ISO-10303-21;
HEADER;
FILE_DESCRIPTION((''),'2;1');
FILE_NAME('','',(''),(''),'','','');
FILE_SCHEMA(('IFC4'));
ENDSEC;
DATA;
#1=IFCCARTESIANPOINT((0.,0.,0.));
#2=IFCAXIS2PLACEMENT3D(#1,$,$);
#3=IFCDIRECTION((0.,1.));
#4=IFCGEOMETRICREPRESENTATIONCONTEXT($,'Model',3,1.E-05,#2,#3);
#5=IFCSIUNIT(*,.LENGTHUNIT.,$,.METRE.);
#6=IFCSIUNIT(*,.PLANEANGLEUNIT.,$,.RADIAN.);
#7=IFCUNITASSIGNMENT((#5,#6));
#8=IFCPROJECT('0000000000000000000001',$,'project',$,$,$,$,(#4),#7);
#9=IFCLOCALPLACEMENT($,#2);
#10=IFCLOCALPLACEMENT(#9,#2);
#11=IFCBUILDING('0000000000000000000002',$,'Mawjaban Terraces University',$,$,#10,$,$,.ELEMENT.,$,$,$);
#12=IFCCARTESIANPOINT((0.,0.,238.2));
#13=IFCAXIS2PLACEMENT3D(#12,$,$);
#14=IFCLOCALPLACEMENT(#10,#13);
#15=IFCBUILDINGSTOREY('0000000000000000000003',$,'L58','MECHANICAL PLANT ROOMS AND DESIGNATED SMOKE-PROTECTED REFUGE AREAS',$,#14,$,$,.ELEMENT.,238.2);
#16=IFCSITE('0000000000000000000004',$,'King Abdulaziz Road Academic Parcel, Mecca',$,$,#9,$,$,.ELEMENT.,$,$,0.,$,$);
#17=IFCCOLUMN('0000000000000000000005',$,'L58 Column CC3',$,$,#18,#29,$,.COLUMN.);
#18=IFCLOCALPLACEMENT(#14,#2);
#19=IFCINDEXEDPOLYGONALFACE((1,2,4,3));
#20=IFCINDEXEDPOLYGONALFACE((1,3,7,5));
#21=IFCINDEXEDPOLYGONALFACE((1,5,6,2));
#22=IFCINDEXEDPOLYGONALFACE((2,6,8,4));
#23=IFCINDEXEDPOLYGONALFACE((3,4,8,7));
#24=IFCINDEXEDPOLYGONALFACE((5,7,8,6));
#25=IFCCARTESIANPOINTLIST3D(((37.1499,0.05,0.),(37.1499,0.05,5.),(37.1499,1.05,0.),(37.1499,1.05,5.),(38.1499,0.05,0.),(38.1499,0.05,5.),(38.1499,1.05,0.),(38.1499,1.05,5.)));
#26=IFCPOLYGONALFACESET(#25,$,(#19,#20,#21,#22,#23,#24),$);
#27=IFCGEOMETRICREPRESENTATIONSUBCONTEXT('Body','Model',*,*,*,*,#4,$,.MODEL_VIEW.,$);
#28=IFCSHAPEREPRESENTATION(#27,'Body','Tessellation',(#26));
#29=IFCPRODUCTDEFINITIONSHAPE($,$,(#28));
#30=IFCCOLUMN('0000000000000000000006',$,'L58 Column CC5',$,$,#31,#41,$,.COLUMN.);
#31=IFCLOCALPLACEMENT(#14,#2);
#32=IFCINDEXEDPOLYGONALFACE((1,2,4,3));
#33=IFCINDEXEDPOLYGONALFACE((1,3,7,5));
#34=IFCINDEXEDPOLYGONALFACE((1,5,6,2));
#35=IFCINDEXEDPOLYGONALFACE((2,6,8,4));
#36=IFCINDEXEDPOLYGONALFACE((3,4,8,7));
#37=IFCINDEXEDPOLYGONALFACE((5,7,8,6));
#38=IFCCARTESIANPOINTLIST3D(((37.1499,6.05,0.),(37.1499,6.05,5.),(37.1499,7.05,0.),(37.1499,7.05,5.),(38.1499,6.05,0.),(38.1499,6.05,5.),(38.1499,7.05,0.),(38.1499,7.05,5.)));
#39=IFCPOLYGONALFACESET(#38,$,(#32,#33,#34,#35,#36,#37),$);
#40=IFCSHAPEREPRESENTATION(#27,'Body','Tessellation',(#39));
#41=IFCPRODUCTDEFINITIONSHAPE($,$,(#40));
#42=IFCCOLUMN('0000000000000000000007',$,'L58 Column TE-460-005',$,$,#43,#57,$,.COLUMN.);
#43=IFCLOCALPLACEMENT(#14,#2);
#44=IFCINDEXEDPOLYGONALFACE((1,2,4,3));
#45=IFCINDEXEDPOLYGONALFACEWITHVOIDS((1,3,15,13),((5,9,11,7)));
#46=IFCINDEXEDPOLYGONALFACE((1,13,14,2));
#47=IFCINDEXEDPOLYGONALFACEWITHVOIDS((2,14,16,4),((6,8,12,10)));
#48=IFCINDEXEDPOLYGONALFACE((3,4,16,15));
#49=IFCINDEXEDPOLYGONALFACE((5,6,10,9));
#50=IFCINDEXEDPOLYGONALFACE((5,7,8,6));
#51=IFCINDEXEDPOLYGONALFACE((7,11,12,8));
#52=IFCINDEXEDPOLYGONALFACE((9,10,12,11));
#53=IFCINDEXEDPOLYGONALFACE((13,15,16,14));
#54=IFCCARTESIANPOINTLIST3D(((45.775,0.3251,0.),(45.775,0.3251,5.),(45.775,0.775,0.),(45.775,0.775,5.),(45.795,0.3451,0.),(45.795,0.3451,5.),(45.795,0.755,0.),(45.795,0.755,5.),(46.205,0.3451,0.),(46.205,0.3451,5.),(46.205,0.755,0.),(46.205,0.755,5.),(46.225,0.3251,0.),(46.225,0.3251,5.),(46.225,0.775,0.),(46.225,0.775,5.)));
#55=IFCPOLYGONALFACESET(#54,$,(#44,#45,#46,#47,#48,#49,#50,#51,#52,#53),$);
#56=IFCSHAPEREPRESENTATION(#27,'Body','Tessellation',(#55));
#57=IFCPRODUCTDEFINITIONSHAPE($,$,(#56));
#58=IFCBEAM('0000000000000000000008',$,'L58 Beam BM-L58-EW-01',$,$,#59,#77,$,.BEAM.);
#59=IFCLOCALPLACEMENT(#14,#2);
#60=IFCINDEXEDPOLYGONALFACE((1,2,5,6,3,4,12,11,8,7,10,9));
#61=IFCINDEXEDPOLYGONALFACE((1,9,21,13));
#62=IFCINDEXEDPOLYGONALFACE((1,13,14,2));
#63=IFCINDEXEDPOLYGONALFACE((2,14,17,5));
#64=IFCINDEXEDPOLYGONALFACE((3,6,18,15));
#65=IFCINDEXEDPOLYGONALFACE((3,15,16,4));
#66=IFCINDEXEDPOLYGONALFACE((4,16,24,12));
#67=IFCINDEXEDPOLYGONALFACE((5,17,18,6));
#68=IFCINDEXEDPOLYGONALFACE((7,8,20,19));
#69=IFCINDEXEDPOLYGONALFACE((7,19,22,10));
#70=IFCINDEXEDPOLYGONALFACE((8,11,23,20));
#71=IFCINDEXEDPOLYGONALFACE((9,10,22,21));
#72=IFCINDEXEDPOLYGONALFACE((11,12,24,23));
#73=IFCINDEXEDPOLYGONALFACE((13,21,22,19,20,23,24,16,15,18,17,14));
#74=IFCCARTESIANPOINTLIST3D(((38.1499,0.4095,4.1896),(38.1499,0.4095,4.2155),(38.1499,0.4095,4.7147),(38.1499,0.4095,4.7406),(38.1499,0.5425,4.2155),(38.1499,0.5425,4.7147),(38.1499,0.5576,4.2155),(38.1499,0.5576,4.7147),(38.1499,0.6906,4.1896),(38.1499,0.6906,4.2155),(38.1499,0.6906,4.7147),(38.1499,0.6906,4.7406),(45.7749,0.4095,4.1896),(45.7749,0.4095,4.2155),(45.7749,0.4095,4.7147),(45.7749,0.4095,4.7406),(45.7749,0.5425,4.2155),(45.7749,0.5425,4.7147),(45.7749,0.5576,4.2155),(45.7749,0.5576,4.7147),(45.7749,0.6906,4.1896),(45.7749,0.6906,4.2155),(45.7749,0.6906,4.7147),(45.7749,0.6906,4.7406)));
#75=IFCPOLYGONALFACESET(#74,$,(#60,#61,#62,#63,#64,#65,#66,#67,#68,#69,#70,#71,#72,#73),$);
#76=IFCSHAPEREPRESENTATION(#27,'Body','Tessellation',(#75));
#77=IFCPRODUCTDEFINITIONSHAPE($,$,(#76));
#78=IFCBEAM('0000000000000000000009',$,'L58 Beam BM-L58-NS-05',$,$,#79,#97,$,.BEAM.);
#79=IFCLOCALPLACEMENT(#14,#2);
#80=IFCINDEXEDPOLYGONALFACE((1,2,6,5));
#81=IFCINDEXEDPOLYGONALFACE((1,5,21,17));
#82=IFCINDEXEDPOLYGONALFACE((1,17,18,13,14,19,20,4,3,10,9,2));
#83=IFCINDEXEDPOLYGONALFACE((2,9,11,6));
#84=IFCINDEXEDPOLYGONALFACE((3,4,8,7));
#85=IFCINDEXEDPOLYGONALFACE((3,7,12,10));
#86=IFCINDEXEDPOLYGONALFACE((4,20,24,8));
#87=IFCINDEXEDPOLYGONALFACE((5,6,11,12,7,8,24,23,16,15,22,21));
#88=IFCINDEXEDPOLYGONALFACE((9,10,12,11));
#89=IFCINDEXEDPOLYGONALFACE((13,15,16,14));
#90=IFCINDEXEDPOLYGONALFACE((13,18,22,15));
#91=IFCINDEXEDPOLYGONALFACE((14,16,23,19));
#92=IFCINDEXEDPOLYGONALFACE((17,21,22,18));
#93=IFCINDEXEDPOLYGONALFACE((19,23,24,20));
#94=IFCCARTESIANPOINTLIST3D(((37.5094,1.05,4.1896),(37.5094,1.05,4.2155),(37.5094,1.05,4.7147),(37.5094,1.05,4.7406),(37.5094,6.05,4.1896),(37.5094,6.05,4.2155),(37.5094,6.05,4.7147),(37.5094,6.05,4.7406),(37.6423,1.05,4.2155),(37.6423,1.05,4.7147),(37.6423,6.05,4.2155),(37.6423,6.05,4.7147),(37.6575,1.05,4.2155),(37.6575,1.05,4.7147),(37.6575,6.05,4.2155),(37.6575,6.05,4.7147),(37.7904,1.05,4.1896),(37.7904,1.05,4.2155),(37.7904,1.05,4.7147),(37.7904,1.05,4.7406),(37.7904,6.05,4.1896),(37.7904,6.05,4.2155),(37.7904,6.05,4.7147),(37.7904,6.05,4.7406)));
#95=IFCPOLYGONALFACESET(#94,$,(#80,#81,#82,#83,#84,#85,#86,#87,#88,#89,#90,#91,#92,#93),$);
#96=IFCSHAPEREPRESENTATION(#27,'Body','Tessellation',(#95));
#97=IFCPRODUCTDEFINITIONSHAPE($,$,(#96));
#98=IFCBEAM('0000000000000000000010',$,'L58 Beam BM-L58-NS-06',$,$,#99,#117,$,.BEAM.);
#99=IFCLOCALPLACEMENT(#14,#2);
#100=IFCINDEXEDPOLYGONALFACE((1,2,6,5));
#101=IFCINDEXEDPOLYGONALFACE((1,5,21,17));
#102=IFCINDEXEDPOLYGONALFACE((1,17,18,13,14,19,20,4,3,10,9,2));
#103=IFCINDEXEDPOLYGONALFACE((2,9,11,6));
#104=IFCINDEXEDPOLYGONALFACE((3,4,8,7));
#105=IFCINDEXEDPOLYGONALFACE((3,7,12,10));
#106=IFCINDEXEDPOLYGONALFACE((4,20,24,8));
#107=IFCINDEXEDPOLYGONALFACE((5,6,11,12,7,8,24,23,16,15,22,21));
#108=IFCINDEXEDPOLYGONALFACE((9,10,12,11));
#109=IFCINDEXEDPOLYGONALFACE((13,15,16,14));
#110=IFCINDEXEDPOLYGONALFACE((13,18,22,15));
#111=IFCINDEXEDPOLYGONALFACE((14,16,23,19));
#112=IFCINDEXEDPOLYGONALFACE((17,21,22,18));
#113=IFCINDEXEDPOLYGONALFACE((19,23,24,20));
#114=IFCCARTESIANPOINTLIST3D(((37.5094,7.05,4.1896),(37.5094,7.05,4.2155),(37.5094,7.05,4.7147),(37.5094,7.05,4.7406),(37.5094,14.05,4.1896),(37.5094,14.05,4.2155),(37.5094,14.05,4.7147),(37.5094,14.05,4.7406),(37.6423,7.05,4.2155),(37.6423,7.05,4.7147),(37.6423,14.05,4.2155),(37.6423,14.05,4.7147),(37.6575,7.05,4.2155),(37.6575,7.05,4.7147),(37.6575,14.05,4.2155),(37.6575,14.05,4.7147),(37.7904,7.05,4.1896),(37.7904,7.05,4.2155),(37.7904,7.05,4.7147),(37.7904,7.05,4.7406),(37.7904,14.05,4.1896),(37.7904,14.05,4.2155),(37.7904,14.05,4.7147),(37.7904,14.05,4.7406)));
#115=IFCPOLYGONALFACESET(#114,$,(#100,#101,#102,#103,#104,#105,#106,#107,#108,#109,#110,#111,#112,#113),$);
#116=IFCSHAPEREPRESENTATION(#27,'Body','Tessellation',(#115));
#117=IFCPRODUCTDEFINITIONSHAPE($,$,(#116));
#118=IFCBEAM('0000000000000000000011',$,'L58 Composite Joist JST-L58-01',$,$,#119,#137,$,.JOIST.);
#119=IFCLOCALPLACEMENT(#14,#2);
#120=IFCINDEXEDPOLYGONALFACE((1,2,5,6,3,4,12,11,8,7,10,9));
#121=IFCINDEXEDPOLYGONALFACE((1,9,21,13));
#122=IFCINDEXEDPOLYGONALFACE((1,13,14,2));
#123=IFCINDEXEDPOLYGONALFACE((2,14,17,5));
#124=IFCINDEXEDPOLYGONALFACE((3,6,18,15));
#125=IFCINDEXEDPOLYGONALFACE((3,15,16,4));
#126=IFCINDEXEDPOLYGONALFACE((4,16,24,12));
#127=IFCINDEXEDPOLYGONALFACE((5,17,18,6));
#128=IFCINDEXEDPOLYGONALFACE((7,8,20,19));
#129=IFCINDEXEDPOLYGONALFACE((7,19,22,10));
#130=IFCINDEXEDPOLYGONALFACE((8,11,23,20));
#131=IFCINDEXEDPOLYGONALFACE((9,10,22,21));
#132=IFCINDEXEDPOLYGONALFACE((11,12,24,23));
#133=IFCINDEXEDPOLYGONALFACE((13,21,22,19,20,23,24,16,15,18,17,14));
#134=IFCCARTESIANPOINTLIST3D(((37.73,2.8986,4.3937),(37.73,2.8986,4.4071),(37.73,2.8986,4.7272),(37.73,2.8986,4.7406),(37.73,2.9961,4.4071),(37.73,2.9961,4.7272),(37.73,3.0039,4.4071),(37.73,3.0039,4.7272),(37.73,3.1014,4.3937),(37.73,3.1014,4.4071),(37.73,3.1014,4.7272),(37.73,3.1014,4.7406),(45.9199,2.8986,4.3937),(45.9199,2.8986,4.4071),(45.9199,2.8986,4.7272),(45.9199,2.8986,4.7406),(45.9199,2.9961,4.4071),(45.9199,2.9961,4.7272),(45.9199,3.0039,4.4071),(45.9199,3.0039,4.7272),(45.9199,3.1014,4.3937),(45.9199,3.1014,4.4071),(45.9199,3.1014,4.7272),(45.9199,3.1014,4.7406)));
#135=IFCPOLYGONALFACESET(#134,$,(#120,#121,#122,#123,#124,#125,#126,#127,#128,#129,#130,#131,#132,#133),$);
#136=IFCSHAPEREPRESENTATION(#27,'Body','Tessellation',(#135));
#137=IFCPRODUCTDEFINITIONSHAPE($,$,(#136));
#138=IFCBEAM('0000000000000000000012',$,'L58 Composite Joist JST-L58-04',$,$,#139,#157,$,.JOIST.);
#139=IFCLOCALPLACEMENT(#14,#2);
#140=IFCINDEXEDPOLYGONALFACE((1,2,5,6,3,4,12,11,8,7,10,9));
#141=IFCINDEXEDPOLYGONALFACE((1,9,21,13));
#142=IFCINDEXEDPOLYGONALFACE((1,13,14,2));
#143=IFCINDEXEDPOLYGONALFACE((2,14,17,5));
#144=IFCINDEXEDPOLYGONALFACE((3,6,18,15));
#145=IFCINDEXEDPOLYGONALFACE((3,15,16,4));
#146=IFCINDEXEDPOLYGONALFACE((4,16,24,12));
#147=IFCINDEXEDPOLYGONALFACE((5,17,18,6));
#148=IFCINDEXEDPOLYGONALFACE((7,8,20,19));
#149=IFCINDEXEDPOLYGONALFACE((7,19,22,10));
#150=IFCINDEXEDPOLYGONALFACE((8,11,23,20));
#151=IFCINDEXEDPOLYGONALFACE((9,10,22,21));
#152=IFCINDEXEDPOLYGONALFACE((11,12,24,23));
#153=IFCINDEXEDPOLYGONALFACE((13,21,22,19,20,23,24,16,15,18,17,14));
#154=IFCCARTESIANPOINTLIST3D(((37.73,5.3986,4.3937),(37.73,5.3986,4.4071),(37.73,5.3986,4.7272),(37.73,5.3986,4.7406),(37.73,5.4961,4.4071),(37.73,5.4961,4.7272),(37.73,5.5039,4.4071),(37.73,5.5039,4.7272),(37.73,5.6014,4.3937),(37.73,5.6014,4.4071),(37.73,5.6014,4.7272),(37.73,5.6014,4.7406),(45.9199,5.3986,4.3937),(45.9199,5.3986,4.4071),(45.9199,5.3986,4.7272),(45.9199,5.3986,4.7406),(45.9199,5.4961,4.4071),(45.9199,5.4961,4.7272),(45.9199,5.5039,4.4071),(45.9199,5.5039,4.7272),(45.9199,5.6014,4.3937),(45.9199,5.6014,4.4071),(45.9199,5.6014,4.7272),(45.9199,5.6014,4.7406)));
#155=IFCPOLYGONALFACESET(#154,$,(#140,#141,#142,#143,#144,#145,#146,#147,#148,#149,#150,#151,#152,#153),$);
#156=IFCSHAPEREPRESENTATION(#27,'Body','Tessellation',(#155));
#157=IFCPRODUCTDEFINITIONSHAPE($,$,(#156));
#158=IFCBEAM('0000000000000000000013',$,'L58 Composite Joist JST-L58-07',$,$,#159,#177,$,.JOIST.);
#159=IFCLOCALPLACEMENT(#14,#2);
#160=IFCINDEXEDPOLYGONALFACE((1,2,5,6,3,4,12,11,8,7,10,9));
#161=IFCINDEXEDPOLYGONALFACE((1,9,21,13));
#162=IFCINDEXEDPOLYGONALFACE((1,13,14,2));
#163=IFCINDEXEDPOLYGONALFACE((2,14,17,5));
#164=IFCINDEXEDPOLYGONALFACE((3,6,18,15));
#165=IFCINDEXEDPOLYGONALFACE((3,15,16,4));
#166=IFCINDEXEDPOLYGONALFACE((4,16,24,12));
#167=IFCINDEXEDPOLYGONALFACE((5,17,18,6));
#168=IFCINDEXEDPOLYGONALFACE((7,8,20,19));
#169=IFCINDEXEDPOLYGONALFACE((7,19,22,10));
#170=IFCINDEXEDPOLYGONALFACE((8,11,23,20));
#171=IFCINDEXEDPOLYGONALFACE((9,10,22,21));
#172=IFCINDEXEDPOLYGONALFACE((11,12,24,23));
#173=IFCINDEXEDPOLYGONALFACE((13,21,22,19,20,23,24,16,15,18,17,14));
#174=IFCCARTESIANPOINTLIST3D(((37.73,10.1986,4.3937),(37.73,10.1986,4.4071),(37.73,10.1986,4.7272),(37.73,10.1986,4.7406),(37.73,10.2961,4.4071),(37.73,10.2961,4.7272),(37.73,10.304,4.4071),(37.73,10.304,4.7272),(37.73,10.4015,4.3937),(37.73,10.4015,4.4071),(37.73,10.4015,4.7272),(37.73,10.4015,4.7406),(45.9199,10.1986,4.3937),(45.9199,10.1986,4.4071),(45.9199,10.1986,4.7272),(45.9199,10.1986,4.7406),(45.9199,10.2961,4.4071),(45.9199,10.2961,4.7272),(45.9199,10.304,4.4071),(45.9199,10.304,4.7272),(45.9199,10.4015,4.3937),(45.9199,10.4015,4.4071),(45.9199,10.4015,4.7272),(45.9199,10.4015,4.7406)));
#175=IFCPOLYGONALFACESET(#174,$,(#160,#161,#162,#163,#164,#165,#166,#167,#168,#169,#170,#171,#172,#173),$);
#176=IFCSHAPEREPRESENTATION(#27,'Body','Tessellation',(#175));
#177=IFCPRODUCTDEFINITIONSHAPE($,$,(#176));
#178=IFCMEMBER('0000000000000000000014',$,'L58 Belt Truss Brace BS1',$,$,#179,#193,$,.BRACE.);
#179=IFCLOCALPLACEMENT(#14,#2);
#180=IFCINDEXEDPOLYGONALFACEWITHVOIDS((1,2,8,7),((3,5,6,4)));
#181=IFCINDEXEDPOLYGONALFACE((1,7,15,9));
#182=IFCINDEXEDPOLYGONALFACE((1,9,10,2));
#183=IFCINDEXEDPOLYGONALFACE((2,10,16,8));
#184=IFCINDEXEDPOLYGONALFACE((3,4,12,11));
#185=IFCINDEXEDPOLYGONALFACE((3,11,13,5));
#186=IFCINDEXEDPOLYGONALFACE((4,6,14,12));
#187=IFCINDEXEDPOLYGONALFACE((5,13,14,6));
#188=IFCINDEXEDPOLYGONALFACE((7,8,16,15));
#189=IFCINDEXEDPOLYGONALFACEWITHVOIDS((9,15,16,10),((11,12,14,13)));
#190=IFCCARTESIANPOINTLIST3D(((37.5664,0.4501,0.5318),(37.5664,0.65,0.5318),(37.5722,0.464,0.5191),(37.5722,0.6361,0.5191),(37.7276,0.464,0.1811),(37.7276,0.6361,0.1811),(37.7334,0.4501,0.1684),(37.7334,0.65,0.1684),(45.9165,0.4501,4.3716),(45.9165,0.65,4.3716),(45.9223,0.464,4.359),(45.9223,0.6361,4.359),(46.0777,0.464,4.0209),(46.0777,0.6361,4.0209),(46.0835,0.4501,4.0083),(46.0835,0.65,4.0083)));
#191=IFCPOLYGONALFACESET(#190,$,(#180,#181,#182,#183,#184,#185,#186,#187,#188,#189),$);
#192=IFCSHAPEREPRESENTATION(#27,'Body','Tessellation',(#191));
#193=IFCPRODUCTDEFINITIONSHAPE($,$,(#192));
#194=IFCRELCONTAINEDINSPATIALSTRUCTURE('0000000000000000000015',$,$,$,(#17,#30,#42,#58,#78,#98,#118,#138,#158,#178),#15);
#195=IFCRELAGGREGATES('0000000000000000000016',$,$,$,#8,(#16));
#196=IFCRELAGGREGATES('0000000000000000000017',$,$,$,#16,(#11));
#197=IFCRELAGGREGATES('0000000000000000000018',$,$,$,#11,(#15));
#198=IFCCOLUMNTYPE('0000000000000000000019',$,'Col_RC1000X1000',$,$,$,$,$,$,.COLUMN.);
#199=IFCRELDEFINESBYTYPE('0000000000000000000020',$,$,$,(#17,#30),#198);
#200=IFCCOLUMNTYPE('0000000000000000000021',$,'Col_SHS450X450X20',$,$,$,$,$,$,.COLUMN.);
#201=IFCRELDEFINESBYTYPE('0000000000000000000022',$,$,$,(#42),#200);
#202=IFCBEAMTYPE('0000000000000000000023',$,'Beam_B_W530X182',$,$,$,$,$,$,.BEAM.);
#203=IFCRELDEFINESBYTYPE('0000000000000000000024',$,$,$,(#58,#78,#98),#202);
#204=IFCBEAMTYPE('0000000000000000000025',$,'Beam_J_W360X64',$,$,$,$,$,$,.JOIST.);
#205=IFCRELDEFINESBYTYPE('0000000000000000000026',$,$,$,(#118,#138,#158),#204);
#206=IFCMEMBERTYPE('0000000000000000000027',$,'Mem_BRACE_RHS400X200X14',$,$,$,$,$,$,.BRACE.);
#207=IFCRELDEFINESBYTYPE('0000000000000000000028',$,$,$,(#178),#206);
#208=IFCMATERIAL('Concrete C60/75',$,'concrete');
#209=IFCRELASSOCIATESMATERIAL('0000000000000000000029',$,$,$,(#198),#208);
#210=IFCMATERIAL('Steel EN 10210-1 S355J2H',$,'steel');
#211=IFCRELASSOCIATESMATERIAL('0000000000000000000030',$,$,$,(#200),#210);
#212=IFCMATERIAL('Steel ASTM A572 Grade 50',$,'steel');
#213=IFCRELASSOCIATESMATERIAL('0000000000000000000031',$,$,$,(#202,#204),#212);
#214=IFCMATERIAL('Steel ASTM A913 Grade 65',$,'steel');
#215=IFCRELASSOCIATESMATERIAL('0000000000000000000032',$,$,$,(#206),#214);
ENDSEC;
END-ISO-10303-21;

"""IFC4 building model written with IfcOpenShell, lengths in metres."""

from ifc_helpers import new_model, si_unit, direction, frame, origin, origin_2d, place, context, subcontext, project, spatial, rectangle, hollow_rectangle, i_section, extrude, material, material_profile, profile_set, type_object, element, save


model = new_model("IFC4")

# Units and contexts
model_context = context("Model", 3, precision=1e-05, world=origin(), true_north=direction((0.0, 1.0)))
body_context = subcontext(model_context, "Body", "Model", "MODEL_VIEW")
ifc_project = project(units=[si_unit("LENGTHUNIT", "METRE"), si_unit("PLANEANGLEUNIT", "RADIAN")], contexts=[model_context])

# Site, building, storey
site_placement = place(None, origin())
site = spatial("IfcSite", under=ifc_project, at=site_placement, Name="King Abdulaziz Road Academic Parcel, Mecca", CompositionType="ELEMENT", RefElevation=0.0)
building_placement = place(site_placement, origin())
building = spatial("IfcBuilding", under=site, at=building_placement, Name="Mawjaban Terraces University", CompositionType="ELEMENT")
storey_placement = place(building_placement, frame((0.0, 0.0, 238.2)))
storey = spatial("IfcBuildingStorey", under=building, at=storey_placement, Name="L58", Description="MECHANICAL PLANT ROOMS AND DESIGNATED SMOKE-PROTECTED REFUGE AREAS", CompositionType="ELEMENT", Elevation=238.2)

# Columns
ifc_material_1 = material(Name="Concrete C60/75", Category="concrete")
ifc_material_profile_1 = material_profile(ifc_material_1, rectangle(XDim=1.0, YDim=1.0, at=origin_2d()), Name="RC1000X1000")
ifc_profile_set_1 = profile_set([ifc_material_profile_1], Name="Concrete C60/75")
column_type_1 = type_object("IfcColumnType", Name="Col_RC1000X1000", PredefinedType="COLUMN", material=ifc_profile_set_1)
for number, where, z_axis, x_axis, name in (
    (1, (37.6499, 0.55, 0.0), (0.0, 0.0, 1.0), (1.0, 0.0, 0.0), "L58 Column CC3"),
    (2, (37.6499, 6.55, 0.0), (0.0, 0.0, 1.0), (1.0, 0.0, 0.0), "L58 Column CC5"),
):
    element("IfcColumn", number, at=place(storey_placement, frame(where, z_axis=z_axis, x_axis=x_axis)), inside=storey, type_object=column_type_1, Name=name, PredefinedType="COLUMN", context=body_context, shape_type="SweptSolid", body=[
        extrude(rectangle(XDim=1.0, YDim=1.0, at=origin_2d()), origin(), (0.0, 0.0, 1.0), 5.0),
    ])
ifc_material_2 = material(Name="Steel EN 10210-1 S355J2H", Category="steel")
ifc_material_profile_2 = material_profile(ifc_material_2, hollow_rectangle(XDim=0.45, YDim=0.45, WallThickness=0.02, at=origin_2d()), Name="SHS450X450X20")
ifc_profile_set_2 = profile_set([ifc_material_profile_2], Name="Steel EN 10210-1 S355J2H")
column_type_2 = type_object("IfcColumnType", Name="Col_SHS450X450X20", PredefinedType="COLUMN", material=ifc_profile_set_2)
column_placement = place(storey_placement, frame((46.0, 0.55, 0.0), z_axis=(0.0, 0.0, 1.0), x_axis=(1.0, 0.0, 0.0)))
element("IfcColumn", 3, at=column_placement, inside=storey, type_object=column_type_2, Name="L58 Column TE-460-005", PredefinedType="COLUMN", context=body_context, shape_type="SweptSolid", body=[
    extrude(hollow_rectangle(XDim=0.45, YDim=0.45, WallThickness=0.02, at=origin_2d()), origin(), (0.0, 0.0, 1.0), 5.0),
])

# Beams
ifc_material_3 = material(Name="Steel ASTM A572 Grade 50", Category="steel")
ifc_material_profile_3 = material_profile(ifc_material_3, i_section(OverallWidth=0.281, OverallDepth=0.551, WebThickness=0.0151, FlangeThickness=0.0259, at=origin_2d()), Name="W530X182")
ifc_profile_set_3 = profile_set([ifc_material_profile_3], Name="Steel ASTM A572 Grade 50")
beam_type_1 = type_object("IfcBeamType", Name="Beam_B_W530X182", PredefinedType="BEAM", material=ifc_profile_set_3)
beam_1_placement = place(storey_placement, frame((38.1499, 0.55, 4.4651), z_axis=(1.0, 0.0, 0.0), x_axis=(0.0, 1.0, 0.0)))
element("IfcBeam", 4, at=beam_1_placement, inside=storey, type_object=beam_type_1, Name="L58 Beam BM-L58-EW-01", PredefinedType="BEAM", context=body_context, shape_type="SweptSolid", body=[
    extrude(i_section(OverallWidth=0.281, OverallDepth=0.551, WebThickness=0.0151, FlangeThickness=0.0259, at=origin_2d()), origin(), (0.0, 0.0, 1.0), 7.625),
])
beam_2_placement = place(storey_placement, frame((37.6499, 1.05, 4.4651), z_axis=(0.0, 1.0, 0.0), x_axis=(-1.0, 0.0, 0.0)))
element("IfcBeam", 5, at=beam_2_placement, inside=storey, type_object=beam_type_1, Name="L58 Beam BM-L58-NS-05", PredefinedType="BEAM", context=body_context, shape_type="SweptSolid", body=[
    extrude(i_section(OverallWidth=0.281, OverallDepth=0.551, WebThickness=0.0151, FlangeThickness=0.0259, at=origin_2d()), origin(), (0.0, 0.0, 1.0), 5.0),
])
beam_3_placement = place(storey_placement, frame((37.6499, 7.05, 4.4651), z_axis=(0.0, 1.0, 0.0), x_axis=(-1.0, 0.0, 0.0)))
element("IfcBeam", 6, at=beam_3_placement, inside=storey, type_object=beam_type_1, Name="L58 Beam BM-L58-NS-06", PredefinedType="BEAM", context=body_context, shape_type="SweptSolid", body=[
    extrude(i_section(OverallWidth=0.281, OverallDepth=0.551, WebThickness=0.0151, FlangeThickness=0.0259, at=origin_2d()), origin(), (0.0, 0.0, 1.0), 7.0),
])
ifc_material_profile_4 = material_profile(ifc_material_3, i_section(OverallWidth=0.2029, OverallDepth=0.3469, WebThickness=0.0078, FlangeThickness=0.0134, at=origin_2d()), Name="W360X64")
ifc_profile_set_4 = profile_set([ifc_material_profile_4], Name="Steel ASTM A572 Grade 50")
beam_type_2 = type_object("IfcBeamType", Name="Beam_J_W360X64", PredefinedType="JOIST", material=ifc_profile_set_4)
for number, where, z_axis, x_axis, name in (
    (7, (37.73, 3.0, 4.5671), (1.0, 0.0, 0.0), (0.0, 1.0, 0.0), "L58 Composite Joist JST-L58-01"),
    (8, (37.73, 5.5, 4.5671), (1.0, 0.0, 0.0), (0.0, 1.0, 0.0), "L58 Composite Joist JST-L58-04"),
    (9, (37.73, 10.3, 4.5671), (1.0, 0.0, 0.0), (0.0, 1.0, 0.0), "L58 Composite Joist JST-L58-07"),
):
    element("IfcBeam", number, at=place(storey_placement, frame(where, z_axis=z_axis, x_axis=x_axis)), inside=storey, type_object=beam_type_2, Name=name, PredefinedType="JOIST", context=body_context, shape_type="SweptSolid", body=[
        extrude(i_section(OverallWidth=0.2029, OverallDepth=0.3469, WebThickness=0.0078, FlangeThickness=0.0134, at=origin_2d()), origin(), (0.0, 0.0, 1.0), 8.1899),
    ])

# Member
ifc_material_4 = material(Name="Steel ASTM A913 Grade 65", Category="steel")
ifc_material_profile_5 = material_profile(ifc_material_4, hollow_rectangle(XDim=0.2, YDim=0.3999, WallThickness=0.0139, at=origin_2d()), Name="RHS400X200X14")
ifc_profile_set_5 = profile_set([ifc_material_profile_5], Name="Steel ASTM A913 Grade 65")
member_type_1 = type_object("IfcMemberType", Name="Mem_BRACE_RHS400X200X14", PredefinedType="BRACE", material=ifc_profile_set_5)
member_1_placement = place(storey_placement, frame((37.6499, 0.55, 0.3501), z_axis=(0.90854, 0.0, 0.417798), x_axis=(0.0, 1.0, 0.0)))
element("IfcMember", 10, at=member_1_placement, inside=storey, type_object=member_type_1, Name="L58 Belt Truss Brace BS1", PredefinedType="BRACE", context=body_context, shape_type="SweptSolid", body=[
    extrude(hollow_rectangle(XDim=0.2, YDim=0.3999, WallThickness=0.0139, at=origin_2d()), origin(), (0.0, 0.0, 1.0), 9.1907),
])

save(model, "model.ifc")
